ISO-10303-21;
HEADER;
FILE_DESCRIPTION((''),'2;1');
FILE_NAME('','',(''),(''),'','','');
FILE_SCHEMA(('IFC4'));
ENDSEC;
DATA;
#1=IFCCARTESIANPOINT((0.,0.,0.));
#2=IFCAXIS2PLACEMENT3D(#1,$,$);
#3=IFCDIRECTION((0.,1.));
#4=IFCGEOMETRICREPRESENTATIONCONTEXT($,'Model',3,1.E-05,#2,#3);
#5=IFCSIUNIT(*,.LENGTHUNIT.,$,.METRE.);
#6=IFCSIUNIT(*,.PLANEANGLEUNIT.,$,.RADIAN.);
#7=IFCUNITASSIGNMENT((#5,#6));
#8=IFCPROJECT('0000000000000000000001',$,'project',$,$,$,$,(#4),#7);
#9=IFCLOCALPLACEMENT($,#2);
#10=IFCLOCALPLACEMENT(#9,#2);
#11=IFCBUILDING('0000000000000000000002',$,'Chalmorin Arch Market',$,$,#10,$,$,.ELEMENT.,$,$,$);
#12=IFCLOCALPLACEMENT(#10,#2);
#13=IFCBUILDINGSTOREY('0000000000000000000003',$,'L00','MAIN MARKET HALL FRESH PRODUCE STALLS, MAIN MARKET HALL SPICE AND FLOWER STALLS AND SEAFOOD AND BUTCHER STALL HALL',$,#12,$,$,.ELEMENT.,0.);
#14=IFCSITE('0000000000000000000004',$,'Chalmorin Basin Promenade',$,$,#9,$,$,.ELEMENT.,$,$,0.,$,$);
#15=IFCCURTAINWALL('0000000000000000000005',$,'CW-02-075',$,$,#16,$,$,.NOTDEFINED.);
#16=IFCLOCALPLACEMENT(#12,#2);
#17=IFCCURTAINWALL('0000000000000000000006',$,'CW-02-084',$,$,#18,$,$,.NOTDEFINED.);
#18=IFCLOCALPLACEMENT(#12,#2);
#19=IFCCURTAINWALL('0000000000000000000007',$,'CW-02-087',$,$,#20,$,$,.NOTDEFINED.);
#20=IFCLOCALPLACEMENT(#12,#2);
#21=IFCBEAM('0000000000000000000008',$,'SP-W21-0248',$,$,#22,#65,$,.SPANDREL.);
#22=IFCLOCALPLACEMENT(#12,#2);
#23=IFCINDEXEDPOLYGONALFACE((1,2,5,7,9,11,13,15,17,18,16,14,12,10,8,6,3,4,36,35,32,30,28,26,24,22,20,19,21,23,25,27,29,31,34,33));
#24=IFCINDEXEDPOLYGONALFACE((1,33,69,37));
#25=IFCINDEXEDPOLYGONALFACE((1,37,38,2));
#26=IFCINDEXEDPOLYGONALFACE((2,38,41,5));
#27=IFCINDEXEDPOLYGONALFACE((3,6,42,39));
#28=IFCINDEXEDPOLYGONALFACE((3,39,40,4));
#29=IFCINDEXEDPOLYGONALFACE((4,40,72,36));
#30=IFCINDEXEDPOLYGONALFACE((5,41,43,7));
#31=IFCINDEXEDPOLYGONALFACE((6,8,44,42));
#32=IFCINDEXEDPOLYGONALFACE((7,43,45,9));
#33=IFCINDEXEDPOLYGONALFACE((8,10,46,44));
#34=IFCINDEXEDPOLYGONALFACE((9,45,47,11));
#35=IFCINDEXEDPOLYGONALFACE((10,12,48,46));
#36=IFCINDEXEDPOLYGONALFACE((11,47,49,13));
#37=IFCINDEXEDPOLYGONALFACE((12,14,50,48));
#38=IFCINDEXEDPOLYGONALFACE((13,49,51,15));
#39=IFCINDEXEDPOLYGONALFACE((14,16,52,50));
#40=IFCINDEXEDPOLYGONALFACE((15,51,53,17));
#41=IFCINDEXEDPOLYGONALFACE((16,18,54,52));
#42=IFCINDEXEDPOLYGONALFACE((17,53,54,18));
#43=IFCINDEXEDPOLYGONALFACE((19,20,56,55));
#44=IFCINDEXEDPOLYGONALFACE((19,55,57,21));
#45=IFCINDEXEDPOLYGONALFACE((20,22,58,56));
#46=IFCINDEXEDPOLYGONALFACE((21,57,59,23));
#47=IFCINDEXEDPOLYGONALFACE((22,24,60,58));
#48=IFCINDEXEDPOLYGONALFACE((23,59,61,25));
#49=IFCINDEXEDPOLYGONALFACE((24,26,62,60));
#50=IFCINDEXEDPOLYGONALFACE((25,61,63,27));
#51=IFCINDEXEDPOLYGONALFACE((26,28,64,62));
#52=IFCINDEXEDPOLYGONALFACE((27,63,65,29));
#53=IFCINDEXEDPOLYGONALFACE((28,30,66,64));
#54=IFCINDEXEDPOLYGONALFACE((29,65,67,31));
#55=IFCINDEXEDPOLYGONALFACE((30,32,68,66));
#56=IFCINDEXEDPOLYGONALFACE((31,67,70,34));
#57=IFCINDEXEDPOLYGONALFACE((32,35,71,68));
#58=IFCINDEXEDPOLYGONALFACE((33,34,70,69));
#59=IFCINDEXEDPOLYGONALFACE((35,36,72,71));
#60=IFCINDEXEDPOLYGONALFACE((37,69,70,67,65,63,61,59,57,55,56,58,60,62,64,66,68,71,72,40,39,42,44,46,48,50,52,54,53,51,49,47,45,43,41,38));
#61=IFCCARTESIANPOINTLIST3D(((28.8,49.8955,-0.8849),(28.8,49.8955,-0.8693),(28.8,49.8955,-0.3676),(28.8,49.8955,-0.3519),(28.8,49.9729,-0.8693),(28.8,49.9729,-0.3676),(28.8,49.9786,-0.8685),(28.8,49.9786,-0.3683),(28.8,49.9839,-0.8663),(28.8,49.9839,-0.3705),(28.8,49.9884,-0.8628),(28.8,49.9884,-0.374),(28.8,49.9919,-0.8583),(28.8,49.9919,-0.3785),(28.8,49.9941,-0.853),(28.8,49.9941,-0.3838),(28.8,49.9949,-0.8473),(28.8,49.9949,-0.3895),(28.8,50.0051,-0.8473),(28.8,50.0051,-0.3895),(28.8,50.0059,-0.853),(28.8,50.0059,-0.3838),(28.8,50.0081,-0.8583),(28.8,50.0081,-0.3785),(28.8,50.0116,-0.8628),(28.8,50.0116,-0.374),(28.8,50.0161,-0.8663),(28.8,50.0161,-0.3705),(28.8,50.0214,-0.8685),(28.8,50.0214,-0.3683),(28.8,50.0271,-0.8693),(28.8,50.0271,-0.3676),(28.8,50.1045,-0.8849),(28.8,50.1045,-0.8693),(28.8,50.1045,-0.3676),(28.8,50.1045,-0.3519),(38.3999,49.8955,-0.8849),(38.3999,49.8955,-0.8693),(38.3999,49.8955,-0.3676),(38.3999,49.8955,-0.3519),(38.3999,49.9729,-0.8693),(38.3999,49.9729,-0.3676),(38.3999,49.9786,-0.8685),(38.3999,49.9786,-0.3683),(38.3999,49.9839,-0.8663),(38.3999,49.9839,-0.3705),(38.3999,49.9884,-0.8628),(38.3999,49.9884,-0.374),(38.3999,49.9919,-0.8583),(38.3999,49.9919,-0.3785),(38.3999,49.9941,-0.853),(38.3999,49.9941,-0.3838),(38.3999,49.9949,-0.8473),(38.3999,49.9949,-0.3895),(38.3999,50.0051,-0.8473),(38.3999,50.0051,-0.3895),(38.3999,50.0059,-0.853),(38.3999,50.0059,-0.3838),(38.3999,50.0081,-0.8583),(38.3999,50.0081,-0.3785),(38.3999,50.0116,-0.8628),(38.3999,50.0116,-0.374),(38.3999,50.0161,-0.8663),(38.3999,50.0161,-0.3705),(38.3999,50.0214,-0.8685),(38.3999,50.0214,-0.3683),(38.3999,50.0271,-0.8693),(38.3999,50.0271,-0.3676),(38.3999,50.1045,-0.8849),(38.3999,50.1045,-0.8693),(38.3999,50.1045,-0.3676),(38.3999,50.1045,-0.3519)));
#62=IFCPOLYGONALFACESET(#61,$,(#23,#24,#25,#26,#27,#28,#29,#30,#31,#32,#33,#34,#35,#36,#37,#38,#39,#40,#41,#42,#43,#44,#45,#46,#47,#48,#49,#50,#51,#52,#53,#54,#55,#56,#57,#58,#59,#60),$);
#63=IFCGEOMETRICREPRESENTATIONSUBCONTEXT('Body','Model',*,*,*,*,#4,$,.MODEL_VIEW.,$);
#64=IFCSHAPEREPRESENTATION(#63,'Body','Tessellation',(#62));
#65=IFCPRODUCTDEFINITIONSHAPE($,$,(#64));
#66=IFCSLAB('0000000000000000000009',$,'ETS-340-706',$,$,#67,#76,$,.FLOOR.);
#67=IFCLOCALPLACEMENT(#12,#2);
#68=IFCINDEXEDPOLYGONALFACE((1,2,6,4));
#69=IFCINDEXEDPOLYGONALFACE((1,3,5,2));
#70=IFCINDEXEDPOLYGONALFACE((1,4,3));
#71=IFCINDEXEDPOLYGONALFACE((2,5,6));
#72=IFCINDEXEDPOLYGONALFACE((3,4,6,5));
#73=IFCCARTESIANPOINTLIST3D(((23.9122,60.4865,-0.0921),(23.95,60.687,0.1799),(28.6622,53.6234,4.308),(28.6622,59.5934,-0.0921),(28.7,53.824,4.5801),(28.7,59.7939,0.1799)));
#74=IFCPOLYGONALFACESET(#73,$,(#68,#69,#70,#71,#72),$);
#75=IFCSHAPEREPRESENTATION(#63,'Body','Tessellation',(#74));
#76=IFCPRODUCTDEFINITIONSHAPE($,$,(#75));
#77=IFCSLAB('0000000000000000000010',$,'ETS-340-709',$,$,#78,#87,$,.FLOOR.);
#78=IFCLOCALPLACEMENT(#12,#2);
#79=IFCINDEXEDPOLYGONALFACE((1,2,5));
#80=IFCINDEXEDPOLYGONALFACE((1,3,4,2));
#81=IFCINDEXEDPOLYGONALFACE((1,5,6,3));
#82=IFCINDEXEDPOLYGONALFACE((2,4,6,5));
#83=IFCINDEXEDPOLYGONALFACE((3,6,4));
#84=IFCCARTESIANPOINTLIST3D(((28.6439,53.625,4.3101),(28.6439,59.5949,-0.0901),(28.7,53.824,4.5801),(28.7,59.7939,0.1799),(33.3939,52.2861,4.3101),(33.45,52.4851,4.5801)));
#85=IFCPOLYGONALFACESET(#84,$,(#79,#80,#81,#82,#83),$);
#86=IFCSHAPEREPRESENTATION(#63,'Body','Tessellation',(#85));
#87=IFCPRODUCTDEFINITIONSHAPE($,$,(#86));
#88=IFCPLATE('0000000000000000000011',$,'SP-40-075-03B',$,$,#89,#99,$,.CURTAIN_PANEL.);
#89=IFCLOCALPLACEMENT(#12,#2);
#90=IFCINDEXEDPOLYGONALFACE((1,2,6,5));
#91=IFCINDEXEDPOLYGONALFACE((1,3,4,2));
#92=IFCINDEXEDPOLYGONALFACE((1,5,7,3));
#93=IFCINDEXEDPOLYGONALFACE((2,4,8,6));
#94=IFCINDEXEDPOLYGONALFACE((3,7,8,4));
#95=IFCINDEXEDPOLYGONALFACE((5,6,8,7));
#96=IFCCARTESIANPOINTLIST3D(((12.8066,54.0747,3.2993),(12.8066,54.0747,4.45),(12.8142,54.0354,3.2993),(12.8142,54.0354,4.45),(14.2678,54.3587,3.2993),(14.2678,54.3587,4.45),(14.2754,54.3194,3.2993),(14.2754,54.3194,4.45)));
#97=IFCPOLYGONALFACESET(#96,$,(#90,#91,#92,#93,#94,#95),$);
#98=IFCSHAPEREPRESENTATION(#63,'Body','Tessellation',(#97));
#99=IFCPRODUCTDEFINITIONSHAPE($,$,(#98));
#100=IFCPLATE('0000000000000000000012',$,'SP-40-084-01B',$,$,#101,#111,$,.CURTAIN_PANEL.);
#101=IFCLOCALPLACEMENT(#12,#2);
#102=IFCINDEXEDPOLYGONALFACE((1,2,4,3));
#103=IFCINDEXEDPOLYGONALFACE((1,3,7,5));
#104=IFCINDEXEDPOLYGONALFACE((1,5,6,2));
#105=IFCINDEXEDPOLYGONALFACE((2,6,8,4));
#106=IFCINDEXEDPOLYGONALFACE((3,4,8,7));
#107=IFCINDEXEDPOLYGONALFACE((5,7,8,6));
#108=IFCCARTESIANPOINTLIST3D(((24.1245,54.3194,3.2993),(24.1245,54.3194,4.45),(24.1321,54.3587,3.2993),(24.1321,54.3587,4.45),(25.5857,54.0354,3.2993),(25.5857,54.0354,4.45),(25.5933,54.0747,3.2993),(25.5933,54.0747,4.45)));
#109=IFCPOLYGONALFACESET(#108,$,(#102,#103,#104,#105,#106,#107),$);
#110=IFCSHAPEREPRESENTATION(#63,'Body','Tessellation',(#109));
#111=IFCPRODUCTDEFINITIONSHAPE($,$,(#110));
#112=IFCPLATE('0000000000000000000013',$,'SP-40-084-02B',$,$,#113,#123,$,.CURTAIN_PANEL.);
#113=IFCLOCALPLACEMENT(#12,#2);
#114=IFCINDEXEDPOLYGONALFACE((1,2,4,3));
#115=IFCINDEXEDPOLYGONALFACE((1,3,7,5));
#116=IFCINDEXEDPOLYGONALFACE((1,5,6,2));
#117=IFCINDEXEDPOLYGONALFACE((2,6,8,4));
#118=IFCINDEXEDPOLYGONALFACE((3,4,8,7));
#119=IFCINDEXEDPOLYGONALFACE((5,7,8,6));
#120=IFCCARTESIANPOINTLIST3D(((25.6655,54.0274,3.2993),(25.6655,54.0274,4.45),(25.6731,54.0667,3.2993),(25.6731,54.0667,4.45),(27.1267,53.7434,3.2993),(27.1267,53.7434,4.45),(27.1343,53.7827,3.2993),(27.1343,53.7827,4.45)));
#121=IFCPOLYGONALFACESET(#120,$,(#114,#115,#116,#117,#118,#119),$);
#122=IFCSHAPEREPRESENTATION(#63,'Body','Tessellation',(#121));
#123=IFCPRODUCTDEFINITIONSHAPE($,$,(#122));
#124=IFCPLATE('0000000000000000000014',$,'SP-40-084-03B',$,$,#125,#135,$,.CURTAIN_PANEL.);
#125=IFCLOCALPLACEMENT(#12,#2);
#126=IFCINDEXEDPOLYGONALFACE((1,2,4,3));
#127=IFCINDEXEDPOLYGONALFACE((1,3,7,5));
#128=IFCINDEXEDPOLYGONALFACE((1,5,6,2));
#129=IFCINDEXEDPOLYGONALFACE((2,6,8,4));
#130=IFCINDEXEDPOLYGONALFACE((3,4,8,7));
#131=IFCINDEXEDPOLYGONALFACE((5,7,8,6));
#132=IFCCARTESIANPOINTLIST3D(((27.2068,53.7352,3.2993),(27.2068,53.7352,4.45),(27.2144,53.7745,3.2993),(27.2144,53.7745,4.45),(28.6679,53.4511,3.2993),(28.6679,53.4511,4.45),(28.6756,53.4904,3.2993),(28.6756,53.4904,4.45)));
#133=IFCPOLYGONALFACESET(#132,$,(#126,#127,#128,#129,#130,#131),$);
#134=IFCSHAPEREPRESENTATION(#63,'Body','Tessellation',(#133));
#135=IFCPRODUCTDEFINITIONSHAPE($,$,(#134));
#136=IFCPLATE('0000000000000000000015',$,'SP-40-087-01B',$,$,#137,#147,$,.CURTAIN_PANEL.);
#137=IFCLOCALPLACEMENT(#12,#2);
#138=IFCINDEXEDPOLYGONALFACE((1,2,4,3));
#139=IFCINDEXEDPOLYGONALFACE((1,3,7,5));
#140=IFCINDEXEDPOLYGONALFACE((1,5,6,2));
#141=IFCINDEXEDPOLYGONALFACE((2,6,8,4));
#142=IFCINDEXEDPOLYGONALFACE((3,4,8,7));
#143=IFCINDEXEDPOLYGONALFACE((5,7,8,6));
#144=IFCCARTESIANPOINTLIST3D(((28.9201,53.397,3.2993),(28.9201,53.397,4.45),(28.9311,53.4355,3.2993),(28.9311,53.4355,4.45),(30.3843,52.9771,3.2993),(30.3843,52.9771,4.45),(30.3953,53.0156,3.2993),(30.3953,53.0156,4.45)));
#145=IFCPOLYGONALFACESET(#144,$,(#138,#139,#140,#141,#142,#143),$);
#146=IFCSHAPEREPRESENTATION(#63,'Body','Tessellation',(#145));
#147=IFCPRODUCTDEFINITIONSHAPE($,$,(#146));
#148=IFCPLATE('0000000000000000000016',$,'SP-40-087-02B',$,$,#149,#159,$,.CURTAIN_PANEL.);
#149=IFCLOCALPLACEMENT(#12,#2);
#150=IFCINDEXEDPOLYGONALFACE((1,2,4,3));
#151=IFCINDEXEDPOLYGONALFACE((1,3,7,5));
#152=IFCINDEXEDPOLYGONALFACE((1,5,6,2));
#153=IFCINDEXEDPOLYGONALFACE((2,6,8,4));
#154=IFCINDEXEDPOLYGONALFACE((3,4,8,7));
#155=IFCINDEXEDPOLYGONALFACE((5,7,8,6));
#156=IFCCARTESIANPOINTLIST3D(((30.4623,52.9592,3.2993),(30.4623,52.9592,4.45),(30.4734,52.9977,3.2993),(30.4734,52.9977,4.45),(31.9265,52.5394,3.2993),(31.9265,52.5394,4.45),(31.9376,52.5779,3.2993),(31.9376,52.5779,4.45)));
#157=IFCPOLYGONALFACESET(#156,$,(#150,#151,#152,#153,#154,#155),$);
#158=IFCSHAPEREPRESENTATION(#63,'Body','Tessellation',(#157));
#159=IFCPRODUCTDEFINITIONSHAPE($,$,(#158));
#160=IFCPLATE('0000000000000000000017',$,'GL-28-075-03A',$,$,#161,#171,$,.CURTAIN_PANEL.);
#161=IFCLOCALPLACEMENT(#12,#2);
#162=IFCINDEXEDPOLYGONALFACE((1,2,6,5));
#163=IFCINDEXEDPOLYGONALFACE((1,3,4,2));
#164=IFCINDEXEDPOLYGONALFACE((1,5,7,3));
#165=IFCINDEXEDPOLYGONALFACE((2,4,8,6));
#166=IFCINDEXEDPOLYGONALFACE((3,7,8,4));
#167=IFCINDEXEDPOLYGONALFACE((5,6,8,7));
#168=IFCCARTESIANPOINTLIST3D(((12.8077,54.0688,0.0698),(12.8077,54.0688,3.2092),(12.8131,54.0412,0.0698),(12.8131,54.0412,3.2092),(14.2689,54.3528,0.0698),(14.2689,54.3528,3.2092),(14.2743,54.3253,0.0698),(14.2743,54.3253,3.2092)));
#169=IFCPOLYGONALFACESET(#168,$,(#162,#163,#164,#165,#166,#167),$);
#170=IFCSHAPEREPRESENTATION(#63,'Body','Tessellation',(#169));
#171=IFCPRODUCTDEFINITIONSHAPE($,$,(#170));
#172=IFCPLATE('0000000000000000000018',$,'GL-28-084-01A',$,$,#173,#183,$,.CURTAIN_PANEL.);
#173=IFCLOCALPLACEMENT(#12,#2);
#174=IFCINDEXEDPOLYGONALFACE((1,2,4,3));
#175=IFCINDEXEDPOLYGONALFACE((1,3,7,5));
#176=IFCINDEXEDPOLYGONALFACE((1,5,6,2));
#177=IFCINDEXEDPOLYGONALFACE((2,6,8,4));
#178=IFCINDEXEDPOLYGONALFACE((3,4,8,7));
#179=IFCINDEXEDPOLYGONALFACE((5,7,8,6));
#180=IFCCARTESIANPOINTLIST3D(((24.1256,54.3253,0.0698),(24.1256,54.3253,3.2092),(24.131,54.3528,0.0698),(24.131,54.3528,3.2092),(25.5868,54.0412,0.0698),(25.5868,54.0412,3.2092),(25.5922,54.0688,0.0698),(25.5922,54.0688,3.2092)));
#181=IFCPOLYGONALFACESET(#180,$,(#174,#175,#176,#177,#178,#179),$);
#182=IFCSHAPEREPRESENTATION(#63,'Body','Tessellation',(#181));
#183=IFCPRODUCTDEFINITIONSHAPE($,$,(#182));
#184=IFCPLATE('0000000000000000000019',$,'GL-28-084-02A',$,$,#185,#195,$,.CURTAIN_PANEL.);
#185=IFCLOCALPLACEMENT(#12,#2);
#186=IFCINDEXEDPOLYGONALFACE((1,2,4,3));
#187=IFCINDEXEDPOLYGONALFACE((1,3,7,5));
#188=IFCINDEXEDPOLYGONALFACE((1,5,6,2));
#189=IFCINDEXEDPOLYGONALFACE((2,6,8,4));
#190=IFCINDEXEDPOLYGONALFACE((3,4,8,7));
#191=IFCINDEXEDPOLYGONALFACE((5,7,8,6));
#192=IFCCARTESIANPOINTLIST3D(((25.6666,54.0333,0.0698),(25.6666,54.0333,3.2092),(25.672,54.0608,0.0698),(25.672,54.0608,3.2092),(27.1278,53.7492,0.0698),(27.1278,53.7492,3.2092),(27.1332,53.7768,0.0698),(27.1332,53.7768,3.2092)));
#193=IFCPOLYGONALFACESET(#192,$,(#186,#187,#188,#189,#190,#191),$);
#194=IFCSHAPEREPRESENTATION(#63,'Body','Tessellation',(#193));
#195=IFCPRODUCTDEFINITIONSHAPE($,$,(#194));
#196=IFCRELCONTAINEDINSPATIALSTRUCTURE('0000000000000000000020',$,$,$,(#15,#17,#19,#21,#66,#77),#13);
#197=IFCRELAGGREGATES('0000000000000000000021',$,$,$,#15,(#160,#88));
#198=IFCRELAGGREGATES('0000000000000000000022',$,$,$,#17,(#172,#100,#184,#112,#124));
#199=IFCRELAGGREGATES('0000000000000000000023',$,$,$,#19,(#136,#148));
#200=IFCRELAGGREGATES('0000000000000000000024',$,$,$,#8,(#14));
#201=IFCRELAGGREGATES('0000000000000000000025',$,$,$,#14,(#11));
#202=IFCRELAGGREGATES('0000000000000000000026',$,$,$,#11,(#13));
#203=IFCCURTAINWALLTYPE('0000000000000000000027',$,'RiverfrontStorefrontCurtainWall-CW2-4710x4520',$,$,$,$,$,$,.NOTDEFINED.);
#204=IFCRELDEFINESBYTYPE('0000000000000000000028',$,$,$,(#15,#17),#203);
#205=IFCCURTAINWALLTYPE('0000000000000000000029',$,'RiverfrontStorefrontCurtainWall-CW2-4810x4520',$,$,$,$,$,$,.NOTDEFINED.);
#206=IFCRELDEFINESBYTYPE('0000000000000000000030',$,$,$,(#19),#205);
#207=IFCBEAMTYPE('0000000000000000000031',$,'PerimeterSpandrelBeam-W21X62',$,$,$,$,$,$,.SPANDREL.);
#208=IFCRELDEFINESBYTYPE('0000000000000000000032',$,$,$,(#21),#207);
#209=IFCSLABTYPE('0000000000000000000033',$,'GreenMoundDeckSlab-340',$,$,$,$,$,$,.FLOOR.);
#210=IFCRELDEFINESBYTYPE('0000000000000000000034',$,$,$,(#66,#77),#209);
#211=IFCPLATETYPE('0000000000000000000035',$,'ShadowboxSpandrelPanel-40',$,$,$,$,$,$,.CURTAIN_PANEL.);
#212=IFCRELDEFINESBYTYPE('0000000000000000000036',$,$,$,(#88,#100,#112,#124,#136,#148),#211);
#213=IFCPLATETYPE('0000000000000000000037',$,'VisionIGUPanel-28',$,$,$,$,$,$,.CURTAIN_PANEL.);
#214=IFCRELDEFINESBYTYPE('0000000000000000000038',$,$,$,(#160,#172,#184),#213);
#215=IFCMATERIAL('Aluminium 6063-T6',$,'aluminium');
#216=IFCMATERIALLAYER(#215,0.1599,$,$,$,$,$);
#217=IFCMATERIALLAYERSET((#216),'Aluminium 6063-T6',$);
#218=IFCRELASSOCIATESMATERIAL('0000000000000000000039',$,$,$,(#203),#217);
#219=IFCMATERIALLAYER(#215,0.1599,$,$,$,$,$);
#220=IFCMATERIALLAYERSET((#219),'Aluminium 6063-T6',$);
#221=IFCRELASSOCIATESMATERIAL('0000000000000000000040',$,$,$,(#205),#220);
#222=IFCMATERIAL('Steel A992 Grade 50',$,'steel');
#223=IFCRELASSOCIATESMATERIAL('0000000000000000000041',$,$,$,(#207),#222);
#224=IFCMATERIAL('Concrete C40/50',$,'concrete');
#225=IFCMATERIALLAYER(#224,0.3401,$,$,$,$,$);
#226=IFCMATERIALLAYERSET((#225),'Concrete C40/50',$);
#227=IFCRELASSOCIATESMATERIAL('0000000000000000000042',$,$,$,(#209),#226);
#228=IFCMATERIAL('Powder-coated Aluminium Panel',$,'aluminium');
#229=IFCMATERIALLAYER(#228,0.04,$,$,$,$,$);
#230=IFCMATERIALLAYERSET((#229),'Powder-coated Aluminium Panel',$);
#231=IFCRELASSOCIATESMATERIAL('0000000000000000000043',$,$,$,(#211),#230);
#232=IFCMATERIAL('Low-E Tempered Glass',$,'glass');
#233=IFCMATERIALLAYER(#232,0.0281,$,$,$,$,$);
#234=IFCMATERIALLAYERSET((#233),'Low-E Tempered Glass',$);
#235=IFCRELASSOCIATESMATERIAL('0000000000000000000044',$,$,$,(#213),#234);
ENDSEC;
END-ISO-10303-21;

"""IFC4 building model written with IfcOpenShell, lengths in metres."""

from ifc_helpers import new_model, si_unit, direction, frame, origin, origin_2d, place, context, subcontext, project, spatial, polyline, rectangle, i_section, outline, extrude, material, layer, layer_set, material_profile, profile_set, type_object, element, aggregate, save


model = new_model("IFC4")

# Units and contexts
model_context = context("Model", 3, precision=1e-05, world=origin(), true_north=direction((0.0, 1.0)))
body_context = subcontext(model_context, "Body", "Model", "MODEL_VIEW")
ifc_project = project(units=[si_unit("LENGTHUNIT", "METRE"), si_unit("PLANEANGLEUNIT", "RADIAN")], contexts=[model_context])

# Site, building, storey
site_placement = place(None, origin())
site = spatial("IfcSite", under=ifc_project, at=site_placement, Name="Chalmorin Basin Promenade", CompositionType="ELEMENT", RefElevation=0.0)
building_placement = place(site_placement, origin())
building = spatial("IfcBuilding", under=site, at=building_placement, Name="Chalmorin Arch Market", CompositionType="ELEMENT")
storey_placement = place(building_placement, origin())
storey = spatial("IfcBuildingStorey", under=building, at=storey_placement, Name="L00", Description="MAIN MARKET HALL FRESH PRODUCE STALLS, MAIN MARKET HALL SPICE AND FLOWER STALLS AND SEAFOOD AND BUTCHER STALL HALL", CompositionType="ELEMENT", Elevation=0.0)

# Shared definitions
ifc_material_1 = material(Name="Concrete C40/50", Category="concrete")

# Curtain walls
ifc_material_2 = material(Name="Aluminium 6063-T6", Category="aluminium")
ifc_layer_1 = layer(ifc_material_2, 0.1599)
ifc_layer_set_1 = layer_set([ifc_layer_1], Name="Aluminium 6063-T6")
curtain_wall_type_1 = type_object("IfcCurtainWallType", Name="RiverfrontStorefrontCurtainWall-CW2-4710x4520", PredefinedType="NOTDEFINED", material=ifc_layer_set_1)
curtain_wall_1_placement = place(storey_placement, origin())
curtain_wall_1 = element("IfcCurtainWall", 1, at=curtain_wall_1_placement, inside=storey, type_object=curtain_wall_type_1, Name="CW-02-075", PredefinedType="NOTDEFINED")
curtain_wall_2_placement = place(storey_placement, origin())
curtain_wall_2 = element("IfcCurtainWall", 2, at=curtain_wall_2_placement, inside=storey, type_object=curtain_wall_type_1, Name="CW-02-084", PredefinedType="NOTDEFINED")
ifc_layer_2 = layer(ifc_material_2, 0.1599)
ifc_layer_set_2 = layer_set([ifc_layer_2], Name="Aluminium 6063-T6")
curtain_wall_type_2 = type_object("IfcCurtainWallType", Name="RiverfrontStorefrontCurtainWall-CW2-4810x4520", PredefinedType="NOTDEFINED", material=ifc_layer_set_2)
curtain_wall_3_placement = place(storey_placement, origin())
curtain_wall_3 = element("IfcCurtainWall", 3, at=curtain_wall_3_placement, inside=storey, type_object=curtain_wall_type_2, Name="CW-02-087", PredefinedType="NOTDEFINED")

# Beam
ifc_material_3 = material(Name="Steel A992 Grade 50", Category="steel")
ifc_material_profile_1 = material_profile(ifc_material_3, i_section(OverallWidth=0.209, OverallDepth=0.533, WebThickness=0.0103, FlangeThickness=0.0156, FilletRadius=0.022, at=origin_2d()), Name="W21X62")
ifc_profile_set_1 = profile_set([ifc_material_profile_1], Name="Steel A992 Grade 50")
beam_type = type_object("IfcBeamType", Name="PerimeterSpandrelBeam-W21X62", PredefinedType="SPANDREL", material=ifc_profile_set_1)
beam_1_placement = place(storey_placement, frame((28.8, 50.0, -0.6184), z_axis=(1.0, 0.0, 0.0), x_axis=(0.0, 1.0, 0.0)))
element("IfcBeam", 4, at=beam_1_placement, inside=storey, type_object=beam_type, Name="SP-W21-0248", PredefinedType="SPANDREL", context=body_context, shape_type="SweptSolid", body=[
    extrude(i_section(OverallWidth=0.209, OverallDepth=0.533, WebThickness=0.0103, FlangeThickness=0.0156, FilletRadius=0.022, at=origin_2d()), origin(), (0.0, 0.0, 1.0), 9.5999),
])

# Slabs
ifc_layer_3 = layer(ifc_material_1, 0.3401)
ifc_layer_set_3 = layer_set([ifc_layer_3], Name="Concrete C40/50")
slab_type = type_object("IfcSlabType", Name="GreenMoundDeckSlab-340", PredefinedType="FLOOR", material=ifc_layer_set_3)
slab_1_placement = place(storey_placement, frame((28.7, 53.824, 4.5801), z_axis=(0.110862, 0.589648, 0.800015), x_axis=(0.0, 0.804977, -0.593306)))
element("IfcSlab", 5, at=slab_1_placement, inside=storey, type_object=slab_type, Name="ETS-340-706", PredefinedType="FLOOR", context=body_context, shape_type="SweptSolid", body=[
    extrude(outline(polyline([(0.0, 0.0), (7.4163, 0.0), (8.1352, 4.7795), (0.0, 0.0)])), origin(), (0.0, 0.0, -1.0), 0.3401),
])
slab_2_placement = place(storey_placement, frame((28.7, 53.824, 4.5801), z_axis=(0.164943, 0.585179, 0.793952), x_axis=(0.962496, -0.271296, 0.0)))
element("IfcSlab", 6, at=slab_2_placement, inside=storey, type_object=slab_type, Name="ETS-340-709", PredefinedType="FLOOR", context=body_context, shape_type="SweptSolid", body=[
    extrude(outline(polyline([(0.0, 0.0), (4.9351, 0.0), (-1.6196, 7.2373), (0.0, 0.0)])), origin(), (0.0, 0.0, -1.0), 0.3401),
])

# Plates
ifc_material_4 = material(Name="Powder-coated Aluminium Panel", Category="aluminium")
ifc_layer_4 = layer(ifc_material_4, 0.04)
ifc_layer_set_4 = layer_set([ifc_layer_4], Name="Powder-coated Aluminium Panel")
plate_type_1 = type_object("IfcPlateType", Name="ShadowboxSpandrelPanel-40", PredefinedType="CURTAIN_PANEL", material=ifc_layer_set_4)
plate_1_placement = place(storey_placement, frame((13.541, 54.197, 3.2993), z_axis=(0.0, 0.0, 1.0), x_axis=(0.981627, 0.190809, 0.0)))
plate_1 = element("IfcPlate", 7, at=plate_1_placement, type_object=plate_type_1, Name="SP-40-075-03B", PredefinedType="CURTAIN_PANEL", context=body_context, shape_type="SweptSolid", body=[
    extrude(rectangle(XDim=1.4885, YDim=0.04, at=origin_2d()), origin(), (0.0, 0.0, 1.0), 1.1506),
])
plate_2_placement = place(storey_placement, frame((24.8589, 54.197, 3.2993), z_axis=(0.0, 0.0, 1.0), x_axis=(0.981627, -0.190809, 0.0)))
plate_2 = element("IfcPlate", 8, at=plate_2_placement, type_object=plate_type_1, Name="SP-40-084-01B", PredefinedType="CURTAIN_PANEL", context=body_context, shape_type="SweptSolid", body=[
    extrude(rectangle(XDim=1.4885, YDim=0.04, at=origin_2d()), origin(), (0.0, 0.0, 1.0), 1.1506),
])
plate_3_placement = place(storey_placement, frame((26.3999, 53.905, 3.2993), z_axis=(0.0, 0.0, 1.0), x_axis=(0.981627, -0.190809, 0.0)))
plate_3 = element("IfcPlate", 9, at=plate_3_placement, type_object=plate_type_1, Name="SP-40-084-02B", PredefinedType="CURTAIN_PANEL", context=body_context, shape_type="SweptSolid", body=[
    extrude(rectangle(XDim=1.4885, YDim=0.04, at=origin_2d()), origin(), (0.0, 0.0, 1.0), 1.1506),
])
plate_4_placement = place(storey_placement, frame((27.9412, 53.6128, 3.2993), z_axis=(0.0, 0.0, 1.0), x_axis=(0.981627, -0.190809, 0.0)))
plate_4 = element("IfcPlate", 10, at=plate_4_placement, type_object=plate_type_1, Name="SP-40-084-03B", PredefinedType="CURTAIN_PANEL", context=body_context, shape_type="SweptSolid", body=[
    extrude(rectangle(XDim=1.4885, YDim=0.04, at=origin_2d()), origin(), (0.0, 0.0, 1.0), 1.1506),
])
plate_5_placement = place(storey_placement, frame((29.6577, 53.2063, 3.2993), z_axis=(0.0, 0.0, 1.0), x_axis=(0.961262, -0.275637, 0.0)))
plate_5 = element("IfcPlate", 11, at=plate_5_placement, type_object=plate_type_1, Name="SP-40-087-01B", PredefinedType="CURTAIN_PANEL", context=body_context, shape_type="SweptSolid", body=[
    extrude(rectangle(XDim=1.5232, YDim=0.04, at=origin_2d()), origin(), (0.0, 0.0, 1.0), 1.1506),
])
plate_6_placement = place(storey_placement, frame((31.2, 52.7686, 3.2993), z_axis=(0.0, 0.0, 1.0), x_axis=(0.961262, -0.275637, 0.0)))
plate_6 = element("IfcPlate", 12, at=plate_6_placement, type_object=plate_type_1, Name="SP-40-087-02B", PredefinedType="CURTAIN_PANEL", context=body_context, shape_type="SweptSolid", body=[
    extrude(rectangle(XDim=1.5232, YDim=0.04, at=origin_2d()), origin(), (0.0, 0.0, 1.0), 1.1506),
])
ifc_material_5 = material(Name="Low-E Tempered Glass", Category="glass")
ifc_layer_5 = layer(ifc_material_5, 0.0281)
ifc_layer_set_5 = layer_set([ifc_layer_5], Name="Low-E Tempered Glass")
plate_type_2 = type_object("IfcPlateType", Name="VisionIGUPanel-28", PredefinedType="CURTAIN_PANEL", material=ifc_layer_set_5)
plate_7_placement = place(storey_placement, frame((13.541, 54.197, 0.0698), z_axis=(0.0, 0.0, 1.0), x_axis=(0.981627, 0.190809, 0.0)))
plate_7 = element("IfcPlate", 13, at=plate_7_placement, type_object=plate_type_2, Name="GL-28-075-03A", PredefinedType="CURTAIN_PANEL", context=body_context, shape_type="SweptSolid", body=[
    extrude(rectangle(XDim=1.4885, YDim=0.0281, at=origin_2d()), origin(), (0.0, 0.0, 1.0), 3.1394),
])
aggregate(curtain_wall_1, [plate_7, plate_1])
plate_8_placement = place(storey_placement, frame((24.8589, 54.197, 0.0698), z_axis=(0.0, 0.0, 1.0), x_axis=(0.981627, -0.190809, 0.0)))
plate_8 = element("IfcPlate", 14, at=plate_8_placement, type_object=plate_type_2, Name="GL-28-084-01A", PredefinedType="CURTAIN_PANEL", context=body_context, shape_type="SweptSolid", body=[
    extrude(rectangle(XDim=1.4885, YDim=0.0281, at=origin_2d()), origin(), (0.0, 0.0, 1.0), 3.1394),
])
plate_9_placement = place(storey_placement, frame((26.3999, 53.905, 0.0698), z_axis=(0.0, 0.0, 1.0), x_axis=(0.981627, -0.190809, 0.0)))
plate_9 = element("IfcPlate", 15, at=plate_9_placement, type_object=plate_type_2, Name="GL-28-084-02A", PredefinedType="CURTAIN_PANEL", context=body_context, shape_type="SweptSolid", body=[
    extrude(rectangle(XDim=1.4885, YDim=0.0281, at=origin_2d()), origin(), (0.0, 0.0, 1.0), 3.1394),
])
aggregate(curtain_wall_2, [plate_8, plate_2, plate_9, plate_3, plate_4])
aggregate(curtain_wall_3, [plate_5, plate_6])

save(model, "model.ifc")
